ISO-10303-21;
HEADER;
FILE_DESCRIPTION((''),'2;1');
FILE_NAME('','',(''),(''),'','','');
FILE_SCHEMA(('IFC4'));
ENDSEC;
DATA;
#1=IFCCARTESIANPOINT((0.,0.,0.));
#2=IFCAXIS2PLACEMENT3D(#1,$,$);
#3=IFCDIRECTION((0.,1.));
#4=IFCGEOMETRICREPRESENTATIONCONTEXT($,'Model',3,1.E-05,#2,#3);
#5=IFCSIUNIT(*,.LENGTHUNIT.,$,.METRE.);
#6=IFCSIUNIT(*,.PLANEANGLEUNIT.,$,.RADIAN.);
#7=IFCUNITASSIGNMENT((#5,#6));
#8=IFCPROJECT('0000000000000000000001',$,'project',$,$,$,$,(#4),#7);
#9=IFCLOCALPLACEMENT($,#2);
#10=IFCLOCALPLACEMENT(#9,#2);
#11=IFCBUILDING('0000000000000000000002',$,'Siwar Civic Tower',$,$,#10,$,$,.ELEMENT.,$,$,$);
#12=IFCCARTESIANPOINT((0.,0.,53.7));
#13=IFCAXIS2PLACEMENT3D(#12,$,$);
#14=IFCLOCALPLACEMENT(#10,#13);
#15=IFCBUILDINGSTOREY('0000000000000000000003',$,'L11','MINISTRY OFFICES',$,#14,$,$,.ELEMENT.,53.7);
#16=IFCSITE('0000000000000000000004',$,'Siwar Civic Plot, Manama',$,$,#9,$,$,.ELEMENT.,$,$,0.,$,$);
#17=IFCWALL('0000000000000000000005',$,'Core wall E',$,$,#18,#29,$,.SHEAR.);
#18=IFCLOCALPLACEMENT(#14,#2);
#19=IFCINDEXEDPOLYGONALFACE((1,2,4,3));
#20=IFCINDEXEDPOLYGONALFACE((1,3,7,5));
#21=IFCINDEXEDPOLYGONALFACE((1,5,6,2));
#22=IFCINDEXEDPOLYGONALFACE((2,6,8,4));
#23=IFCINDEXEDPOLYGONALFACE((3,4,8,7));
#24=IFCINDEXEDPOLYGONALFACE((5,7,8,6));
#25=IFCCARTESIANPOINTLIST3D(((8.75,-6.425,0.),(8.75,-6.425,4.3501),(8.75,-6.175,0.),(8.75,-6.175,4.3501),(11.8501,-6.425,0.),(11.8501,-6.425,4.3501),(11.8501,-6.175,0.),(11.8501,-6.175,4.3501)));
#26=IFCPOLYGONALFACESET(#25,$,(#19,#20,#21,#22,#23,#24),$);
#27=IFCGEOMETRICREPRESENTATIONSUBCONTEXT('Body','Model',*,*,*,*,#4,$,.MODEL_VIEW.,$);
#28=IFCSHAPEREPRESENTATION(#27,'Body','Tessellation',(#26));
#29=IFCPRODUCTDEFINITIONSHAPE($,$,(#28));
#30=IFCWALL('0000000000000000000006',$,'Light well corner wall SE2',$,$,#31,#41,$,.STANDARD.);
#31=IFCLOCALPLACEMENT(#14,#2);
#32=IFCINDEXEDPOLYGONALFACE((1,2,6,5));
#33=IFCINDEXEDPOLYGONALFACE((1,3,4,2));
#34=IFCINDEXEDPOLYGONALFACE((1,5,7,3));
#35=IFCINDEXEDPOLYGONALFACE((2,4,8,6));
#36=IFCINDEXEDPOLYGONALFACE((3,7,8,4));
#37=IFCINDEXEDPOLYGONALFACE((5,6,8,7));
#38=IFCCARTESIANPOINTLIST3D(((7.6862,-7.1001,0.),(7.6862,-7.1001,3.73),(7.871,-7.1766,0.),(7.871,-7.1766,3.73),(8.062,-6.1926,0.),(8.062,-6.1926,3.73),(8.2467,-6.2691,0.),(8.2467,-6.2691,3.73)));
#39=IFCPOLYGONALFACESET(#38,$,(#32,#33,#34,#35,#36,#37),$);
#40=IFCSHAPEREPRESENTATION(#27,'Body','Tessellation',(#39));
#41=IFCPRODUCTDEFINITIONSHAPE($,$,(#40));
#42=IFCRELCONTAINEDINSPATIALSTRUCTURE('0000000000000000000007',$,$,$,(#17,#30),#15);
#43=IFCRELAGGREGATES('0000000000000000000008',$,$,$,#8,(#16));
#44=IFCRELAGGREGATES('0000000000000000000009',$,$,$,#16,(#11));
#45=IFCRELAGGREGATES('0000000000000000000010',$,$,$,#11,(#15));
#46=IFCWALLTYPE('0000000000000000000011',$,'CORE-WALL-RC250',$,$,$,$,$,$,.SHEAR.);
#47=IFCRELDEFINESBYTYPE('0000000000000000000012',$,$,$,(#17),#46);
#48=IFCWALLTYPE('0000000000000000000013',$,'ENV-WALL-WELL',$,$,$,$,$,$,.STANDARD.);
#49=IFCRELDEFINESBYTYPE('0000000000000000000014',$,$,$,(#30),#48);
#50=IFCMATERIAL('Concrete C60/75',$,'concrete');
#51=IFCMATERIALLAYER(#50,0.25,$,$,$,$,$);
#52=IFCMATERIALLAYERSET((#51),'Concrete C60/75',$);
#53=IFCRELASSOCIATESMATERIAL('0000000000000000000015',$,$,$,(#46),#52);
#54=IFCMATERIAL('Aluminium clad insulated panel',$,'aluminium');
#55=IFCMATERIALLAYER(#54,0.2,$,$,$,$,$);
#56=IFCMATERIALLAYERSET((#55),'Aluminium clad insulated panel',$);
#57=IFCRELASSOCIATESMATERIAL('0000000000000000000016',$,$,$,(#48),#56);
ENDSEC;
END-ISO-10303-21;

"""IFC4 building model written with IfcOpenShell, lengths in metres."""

from ifc_helpers import new_model, si_unit, direction, frame, frame_2d, origin, place, context, subcontext, project, spatial, rectangle, extrude, material, layer, layer_set, type_object, element, save


model = new_model("IFC4")

# Units and contexts
model_context = context("Model", 3, precision=1e-05, world=origin(), true_north=direction((0.0, 1.0)))
body_context = subcontext(model_context, "Body", "Model", "MODEL_VIEW")
ifc_project = project(units=[si_unit("LENGTHUNIT", "METRE"), si_unit("PLANEANGLEUNIT", "RADIAN")], contexts=[model_context])

# Site, building, storey
site_placement = place(None, origin())
site = spatial("IfcSite", under=ifc_project, at=site_placement, Name="Siwar Civic Plot, Manama", CompositionType="ELEMENT", RefElevation=0.0)
building_placement = place(site_placement, origin())
building = spatial("IfcBuilding", under=site, at=building_placement, Name="Siwar Civic Tower", CompositionType="ELEMENT")
storey_placement = place(building_placement, frame((0.0, 0.0, 53.7)))
storey = spatial("IfcBuildingStorey", under=building, at=storey_placement, Name="L11", Description="MINISTRY OFFICES", CompositionType="ELEMENT", Elevation=53.7)

# Shared definitions
ifc_material_1 = material(Name="Concrete C60/75", Category="concrete")
ifc_layer_1 = layer(ifc_material_1, 0.25)
ifc_layer_set_1 = layer_set([ifc_layer_1], Name="Concrete C60/75")
wall_type_1 = type_object("IfcWallType", Name="CORE-WALL-RC250", PredefinedType="SHEAR", material=ifc_layer_set_1)

# Walls
for number, where, z_axis, x_axis, name in (
    (1, (8.75, -6.3, 0.0), (0.0, 0.0, 1.0), (1.0, 0.0, 0.0), "Core wall E"),
):
    element("IfcWall", number, at=place(storey_placement, frame(where, z_axis=z_axis, x_axis=x_axis)), inside=storey, type_object=wall_type_1, Name=name, PredefinedType="SHEAR", context=body_context, shape_type="SweptSolid", body=[
        extrude(rectangle(XDim=3.1001, YDim=0.25, at=frame_2d((1.55, 0.0))), origin(), (0.0, 0.0, 1.0), 4.3501),
    ])
ifc_material_2 = material(Name="Aluminium clad insulated panel", Category="aluminium")
ifc_layer_2 = layer(ifc_material_2, 0.2)
ifc_layer_set_2 = layer_set([ifc_layer_2], Name="Aluminium clad insulated panel")
wall_type_2 = type_object("IfcWallType", Name="ENV-WALL-WELL", PredefinedType="STANDARD", material=ifc_layer_set_2)
wall_1_placement = place(storey_placement, frame((7.7786, -7.1384, 0.0), z_axis=(0.0, 0.0, 1.0), x_axis=(0.382549, 0.923935, 0.0)))
element("IfcWall", 2, at=wall_1_placement, inside=storey, type_object=wall_type_2, Name="Light well corner wall SE2", PredefinedType="STANDARD", context=body_context, shape_type="SweptSolid", body=[
    extrude(rectangle(XDim=0.9822, YDim=0.2, at=frame_2d((0.4912, 0.0))), origin(), (0.0, 0.0, 1.0), 3.73),
])

save(model, "model.ifc")
